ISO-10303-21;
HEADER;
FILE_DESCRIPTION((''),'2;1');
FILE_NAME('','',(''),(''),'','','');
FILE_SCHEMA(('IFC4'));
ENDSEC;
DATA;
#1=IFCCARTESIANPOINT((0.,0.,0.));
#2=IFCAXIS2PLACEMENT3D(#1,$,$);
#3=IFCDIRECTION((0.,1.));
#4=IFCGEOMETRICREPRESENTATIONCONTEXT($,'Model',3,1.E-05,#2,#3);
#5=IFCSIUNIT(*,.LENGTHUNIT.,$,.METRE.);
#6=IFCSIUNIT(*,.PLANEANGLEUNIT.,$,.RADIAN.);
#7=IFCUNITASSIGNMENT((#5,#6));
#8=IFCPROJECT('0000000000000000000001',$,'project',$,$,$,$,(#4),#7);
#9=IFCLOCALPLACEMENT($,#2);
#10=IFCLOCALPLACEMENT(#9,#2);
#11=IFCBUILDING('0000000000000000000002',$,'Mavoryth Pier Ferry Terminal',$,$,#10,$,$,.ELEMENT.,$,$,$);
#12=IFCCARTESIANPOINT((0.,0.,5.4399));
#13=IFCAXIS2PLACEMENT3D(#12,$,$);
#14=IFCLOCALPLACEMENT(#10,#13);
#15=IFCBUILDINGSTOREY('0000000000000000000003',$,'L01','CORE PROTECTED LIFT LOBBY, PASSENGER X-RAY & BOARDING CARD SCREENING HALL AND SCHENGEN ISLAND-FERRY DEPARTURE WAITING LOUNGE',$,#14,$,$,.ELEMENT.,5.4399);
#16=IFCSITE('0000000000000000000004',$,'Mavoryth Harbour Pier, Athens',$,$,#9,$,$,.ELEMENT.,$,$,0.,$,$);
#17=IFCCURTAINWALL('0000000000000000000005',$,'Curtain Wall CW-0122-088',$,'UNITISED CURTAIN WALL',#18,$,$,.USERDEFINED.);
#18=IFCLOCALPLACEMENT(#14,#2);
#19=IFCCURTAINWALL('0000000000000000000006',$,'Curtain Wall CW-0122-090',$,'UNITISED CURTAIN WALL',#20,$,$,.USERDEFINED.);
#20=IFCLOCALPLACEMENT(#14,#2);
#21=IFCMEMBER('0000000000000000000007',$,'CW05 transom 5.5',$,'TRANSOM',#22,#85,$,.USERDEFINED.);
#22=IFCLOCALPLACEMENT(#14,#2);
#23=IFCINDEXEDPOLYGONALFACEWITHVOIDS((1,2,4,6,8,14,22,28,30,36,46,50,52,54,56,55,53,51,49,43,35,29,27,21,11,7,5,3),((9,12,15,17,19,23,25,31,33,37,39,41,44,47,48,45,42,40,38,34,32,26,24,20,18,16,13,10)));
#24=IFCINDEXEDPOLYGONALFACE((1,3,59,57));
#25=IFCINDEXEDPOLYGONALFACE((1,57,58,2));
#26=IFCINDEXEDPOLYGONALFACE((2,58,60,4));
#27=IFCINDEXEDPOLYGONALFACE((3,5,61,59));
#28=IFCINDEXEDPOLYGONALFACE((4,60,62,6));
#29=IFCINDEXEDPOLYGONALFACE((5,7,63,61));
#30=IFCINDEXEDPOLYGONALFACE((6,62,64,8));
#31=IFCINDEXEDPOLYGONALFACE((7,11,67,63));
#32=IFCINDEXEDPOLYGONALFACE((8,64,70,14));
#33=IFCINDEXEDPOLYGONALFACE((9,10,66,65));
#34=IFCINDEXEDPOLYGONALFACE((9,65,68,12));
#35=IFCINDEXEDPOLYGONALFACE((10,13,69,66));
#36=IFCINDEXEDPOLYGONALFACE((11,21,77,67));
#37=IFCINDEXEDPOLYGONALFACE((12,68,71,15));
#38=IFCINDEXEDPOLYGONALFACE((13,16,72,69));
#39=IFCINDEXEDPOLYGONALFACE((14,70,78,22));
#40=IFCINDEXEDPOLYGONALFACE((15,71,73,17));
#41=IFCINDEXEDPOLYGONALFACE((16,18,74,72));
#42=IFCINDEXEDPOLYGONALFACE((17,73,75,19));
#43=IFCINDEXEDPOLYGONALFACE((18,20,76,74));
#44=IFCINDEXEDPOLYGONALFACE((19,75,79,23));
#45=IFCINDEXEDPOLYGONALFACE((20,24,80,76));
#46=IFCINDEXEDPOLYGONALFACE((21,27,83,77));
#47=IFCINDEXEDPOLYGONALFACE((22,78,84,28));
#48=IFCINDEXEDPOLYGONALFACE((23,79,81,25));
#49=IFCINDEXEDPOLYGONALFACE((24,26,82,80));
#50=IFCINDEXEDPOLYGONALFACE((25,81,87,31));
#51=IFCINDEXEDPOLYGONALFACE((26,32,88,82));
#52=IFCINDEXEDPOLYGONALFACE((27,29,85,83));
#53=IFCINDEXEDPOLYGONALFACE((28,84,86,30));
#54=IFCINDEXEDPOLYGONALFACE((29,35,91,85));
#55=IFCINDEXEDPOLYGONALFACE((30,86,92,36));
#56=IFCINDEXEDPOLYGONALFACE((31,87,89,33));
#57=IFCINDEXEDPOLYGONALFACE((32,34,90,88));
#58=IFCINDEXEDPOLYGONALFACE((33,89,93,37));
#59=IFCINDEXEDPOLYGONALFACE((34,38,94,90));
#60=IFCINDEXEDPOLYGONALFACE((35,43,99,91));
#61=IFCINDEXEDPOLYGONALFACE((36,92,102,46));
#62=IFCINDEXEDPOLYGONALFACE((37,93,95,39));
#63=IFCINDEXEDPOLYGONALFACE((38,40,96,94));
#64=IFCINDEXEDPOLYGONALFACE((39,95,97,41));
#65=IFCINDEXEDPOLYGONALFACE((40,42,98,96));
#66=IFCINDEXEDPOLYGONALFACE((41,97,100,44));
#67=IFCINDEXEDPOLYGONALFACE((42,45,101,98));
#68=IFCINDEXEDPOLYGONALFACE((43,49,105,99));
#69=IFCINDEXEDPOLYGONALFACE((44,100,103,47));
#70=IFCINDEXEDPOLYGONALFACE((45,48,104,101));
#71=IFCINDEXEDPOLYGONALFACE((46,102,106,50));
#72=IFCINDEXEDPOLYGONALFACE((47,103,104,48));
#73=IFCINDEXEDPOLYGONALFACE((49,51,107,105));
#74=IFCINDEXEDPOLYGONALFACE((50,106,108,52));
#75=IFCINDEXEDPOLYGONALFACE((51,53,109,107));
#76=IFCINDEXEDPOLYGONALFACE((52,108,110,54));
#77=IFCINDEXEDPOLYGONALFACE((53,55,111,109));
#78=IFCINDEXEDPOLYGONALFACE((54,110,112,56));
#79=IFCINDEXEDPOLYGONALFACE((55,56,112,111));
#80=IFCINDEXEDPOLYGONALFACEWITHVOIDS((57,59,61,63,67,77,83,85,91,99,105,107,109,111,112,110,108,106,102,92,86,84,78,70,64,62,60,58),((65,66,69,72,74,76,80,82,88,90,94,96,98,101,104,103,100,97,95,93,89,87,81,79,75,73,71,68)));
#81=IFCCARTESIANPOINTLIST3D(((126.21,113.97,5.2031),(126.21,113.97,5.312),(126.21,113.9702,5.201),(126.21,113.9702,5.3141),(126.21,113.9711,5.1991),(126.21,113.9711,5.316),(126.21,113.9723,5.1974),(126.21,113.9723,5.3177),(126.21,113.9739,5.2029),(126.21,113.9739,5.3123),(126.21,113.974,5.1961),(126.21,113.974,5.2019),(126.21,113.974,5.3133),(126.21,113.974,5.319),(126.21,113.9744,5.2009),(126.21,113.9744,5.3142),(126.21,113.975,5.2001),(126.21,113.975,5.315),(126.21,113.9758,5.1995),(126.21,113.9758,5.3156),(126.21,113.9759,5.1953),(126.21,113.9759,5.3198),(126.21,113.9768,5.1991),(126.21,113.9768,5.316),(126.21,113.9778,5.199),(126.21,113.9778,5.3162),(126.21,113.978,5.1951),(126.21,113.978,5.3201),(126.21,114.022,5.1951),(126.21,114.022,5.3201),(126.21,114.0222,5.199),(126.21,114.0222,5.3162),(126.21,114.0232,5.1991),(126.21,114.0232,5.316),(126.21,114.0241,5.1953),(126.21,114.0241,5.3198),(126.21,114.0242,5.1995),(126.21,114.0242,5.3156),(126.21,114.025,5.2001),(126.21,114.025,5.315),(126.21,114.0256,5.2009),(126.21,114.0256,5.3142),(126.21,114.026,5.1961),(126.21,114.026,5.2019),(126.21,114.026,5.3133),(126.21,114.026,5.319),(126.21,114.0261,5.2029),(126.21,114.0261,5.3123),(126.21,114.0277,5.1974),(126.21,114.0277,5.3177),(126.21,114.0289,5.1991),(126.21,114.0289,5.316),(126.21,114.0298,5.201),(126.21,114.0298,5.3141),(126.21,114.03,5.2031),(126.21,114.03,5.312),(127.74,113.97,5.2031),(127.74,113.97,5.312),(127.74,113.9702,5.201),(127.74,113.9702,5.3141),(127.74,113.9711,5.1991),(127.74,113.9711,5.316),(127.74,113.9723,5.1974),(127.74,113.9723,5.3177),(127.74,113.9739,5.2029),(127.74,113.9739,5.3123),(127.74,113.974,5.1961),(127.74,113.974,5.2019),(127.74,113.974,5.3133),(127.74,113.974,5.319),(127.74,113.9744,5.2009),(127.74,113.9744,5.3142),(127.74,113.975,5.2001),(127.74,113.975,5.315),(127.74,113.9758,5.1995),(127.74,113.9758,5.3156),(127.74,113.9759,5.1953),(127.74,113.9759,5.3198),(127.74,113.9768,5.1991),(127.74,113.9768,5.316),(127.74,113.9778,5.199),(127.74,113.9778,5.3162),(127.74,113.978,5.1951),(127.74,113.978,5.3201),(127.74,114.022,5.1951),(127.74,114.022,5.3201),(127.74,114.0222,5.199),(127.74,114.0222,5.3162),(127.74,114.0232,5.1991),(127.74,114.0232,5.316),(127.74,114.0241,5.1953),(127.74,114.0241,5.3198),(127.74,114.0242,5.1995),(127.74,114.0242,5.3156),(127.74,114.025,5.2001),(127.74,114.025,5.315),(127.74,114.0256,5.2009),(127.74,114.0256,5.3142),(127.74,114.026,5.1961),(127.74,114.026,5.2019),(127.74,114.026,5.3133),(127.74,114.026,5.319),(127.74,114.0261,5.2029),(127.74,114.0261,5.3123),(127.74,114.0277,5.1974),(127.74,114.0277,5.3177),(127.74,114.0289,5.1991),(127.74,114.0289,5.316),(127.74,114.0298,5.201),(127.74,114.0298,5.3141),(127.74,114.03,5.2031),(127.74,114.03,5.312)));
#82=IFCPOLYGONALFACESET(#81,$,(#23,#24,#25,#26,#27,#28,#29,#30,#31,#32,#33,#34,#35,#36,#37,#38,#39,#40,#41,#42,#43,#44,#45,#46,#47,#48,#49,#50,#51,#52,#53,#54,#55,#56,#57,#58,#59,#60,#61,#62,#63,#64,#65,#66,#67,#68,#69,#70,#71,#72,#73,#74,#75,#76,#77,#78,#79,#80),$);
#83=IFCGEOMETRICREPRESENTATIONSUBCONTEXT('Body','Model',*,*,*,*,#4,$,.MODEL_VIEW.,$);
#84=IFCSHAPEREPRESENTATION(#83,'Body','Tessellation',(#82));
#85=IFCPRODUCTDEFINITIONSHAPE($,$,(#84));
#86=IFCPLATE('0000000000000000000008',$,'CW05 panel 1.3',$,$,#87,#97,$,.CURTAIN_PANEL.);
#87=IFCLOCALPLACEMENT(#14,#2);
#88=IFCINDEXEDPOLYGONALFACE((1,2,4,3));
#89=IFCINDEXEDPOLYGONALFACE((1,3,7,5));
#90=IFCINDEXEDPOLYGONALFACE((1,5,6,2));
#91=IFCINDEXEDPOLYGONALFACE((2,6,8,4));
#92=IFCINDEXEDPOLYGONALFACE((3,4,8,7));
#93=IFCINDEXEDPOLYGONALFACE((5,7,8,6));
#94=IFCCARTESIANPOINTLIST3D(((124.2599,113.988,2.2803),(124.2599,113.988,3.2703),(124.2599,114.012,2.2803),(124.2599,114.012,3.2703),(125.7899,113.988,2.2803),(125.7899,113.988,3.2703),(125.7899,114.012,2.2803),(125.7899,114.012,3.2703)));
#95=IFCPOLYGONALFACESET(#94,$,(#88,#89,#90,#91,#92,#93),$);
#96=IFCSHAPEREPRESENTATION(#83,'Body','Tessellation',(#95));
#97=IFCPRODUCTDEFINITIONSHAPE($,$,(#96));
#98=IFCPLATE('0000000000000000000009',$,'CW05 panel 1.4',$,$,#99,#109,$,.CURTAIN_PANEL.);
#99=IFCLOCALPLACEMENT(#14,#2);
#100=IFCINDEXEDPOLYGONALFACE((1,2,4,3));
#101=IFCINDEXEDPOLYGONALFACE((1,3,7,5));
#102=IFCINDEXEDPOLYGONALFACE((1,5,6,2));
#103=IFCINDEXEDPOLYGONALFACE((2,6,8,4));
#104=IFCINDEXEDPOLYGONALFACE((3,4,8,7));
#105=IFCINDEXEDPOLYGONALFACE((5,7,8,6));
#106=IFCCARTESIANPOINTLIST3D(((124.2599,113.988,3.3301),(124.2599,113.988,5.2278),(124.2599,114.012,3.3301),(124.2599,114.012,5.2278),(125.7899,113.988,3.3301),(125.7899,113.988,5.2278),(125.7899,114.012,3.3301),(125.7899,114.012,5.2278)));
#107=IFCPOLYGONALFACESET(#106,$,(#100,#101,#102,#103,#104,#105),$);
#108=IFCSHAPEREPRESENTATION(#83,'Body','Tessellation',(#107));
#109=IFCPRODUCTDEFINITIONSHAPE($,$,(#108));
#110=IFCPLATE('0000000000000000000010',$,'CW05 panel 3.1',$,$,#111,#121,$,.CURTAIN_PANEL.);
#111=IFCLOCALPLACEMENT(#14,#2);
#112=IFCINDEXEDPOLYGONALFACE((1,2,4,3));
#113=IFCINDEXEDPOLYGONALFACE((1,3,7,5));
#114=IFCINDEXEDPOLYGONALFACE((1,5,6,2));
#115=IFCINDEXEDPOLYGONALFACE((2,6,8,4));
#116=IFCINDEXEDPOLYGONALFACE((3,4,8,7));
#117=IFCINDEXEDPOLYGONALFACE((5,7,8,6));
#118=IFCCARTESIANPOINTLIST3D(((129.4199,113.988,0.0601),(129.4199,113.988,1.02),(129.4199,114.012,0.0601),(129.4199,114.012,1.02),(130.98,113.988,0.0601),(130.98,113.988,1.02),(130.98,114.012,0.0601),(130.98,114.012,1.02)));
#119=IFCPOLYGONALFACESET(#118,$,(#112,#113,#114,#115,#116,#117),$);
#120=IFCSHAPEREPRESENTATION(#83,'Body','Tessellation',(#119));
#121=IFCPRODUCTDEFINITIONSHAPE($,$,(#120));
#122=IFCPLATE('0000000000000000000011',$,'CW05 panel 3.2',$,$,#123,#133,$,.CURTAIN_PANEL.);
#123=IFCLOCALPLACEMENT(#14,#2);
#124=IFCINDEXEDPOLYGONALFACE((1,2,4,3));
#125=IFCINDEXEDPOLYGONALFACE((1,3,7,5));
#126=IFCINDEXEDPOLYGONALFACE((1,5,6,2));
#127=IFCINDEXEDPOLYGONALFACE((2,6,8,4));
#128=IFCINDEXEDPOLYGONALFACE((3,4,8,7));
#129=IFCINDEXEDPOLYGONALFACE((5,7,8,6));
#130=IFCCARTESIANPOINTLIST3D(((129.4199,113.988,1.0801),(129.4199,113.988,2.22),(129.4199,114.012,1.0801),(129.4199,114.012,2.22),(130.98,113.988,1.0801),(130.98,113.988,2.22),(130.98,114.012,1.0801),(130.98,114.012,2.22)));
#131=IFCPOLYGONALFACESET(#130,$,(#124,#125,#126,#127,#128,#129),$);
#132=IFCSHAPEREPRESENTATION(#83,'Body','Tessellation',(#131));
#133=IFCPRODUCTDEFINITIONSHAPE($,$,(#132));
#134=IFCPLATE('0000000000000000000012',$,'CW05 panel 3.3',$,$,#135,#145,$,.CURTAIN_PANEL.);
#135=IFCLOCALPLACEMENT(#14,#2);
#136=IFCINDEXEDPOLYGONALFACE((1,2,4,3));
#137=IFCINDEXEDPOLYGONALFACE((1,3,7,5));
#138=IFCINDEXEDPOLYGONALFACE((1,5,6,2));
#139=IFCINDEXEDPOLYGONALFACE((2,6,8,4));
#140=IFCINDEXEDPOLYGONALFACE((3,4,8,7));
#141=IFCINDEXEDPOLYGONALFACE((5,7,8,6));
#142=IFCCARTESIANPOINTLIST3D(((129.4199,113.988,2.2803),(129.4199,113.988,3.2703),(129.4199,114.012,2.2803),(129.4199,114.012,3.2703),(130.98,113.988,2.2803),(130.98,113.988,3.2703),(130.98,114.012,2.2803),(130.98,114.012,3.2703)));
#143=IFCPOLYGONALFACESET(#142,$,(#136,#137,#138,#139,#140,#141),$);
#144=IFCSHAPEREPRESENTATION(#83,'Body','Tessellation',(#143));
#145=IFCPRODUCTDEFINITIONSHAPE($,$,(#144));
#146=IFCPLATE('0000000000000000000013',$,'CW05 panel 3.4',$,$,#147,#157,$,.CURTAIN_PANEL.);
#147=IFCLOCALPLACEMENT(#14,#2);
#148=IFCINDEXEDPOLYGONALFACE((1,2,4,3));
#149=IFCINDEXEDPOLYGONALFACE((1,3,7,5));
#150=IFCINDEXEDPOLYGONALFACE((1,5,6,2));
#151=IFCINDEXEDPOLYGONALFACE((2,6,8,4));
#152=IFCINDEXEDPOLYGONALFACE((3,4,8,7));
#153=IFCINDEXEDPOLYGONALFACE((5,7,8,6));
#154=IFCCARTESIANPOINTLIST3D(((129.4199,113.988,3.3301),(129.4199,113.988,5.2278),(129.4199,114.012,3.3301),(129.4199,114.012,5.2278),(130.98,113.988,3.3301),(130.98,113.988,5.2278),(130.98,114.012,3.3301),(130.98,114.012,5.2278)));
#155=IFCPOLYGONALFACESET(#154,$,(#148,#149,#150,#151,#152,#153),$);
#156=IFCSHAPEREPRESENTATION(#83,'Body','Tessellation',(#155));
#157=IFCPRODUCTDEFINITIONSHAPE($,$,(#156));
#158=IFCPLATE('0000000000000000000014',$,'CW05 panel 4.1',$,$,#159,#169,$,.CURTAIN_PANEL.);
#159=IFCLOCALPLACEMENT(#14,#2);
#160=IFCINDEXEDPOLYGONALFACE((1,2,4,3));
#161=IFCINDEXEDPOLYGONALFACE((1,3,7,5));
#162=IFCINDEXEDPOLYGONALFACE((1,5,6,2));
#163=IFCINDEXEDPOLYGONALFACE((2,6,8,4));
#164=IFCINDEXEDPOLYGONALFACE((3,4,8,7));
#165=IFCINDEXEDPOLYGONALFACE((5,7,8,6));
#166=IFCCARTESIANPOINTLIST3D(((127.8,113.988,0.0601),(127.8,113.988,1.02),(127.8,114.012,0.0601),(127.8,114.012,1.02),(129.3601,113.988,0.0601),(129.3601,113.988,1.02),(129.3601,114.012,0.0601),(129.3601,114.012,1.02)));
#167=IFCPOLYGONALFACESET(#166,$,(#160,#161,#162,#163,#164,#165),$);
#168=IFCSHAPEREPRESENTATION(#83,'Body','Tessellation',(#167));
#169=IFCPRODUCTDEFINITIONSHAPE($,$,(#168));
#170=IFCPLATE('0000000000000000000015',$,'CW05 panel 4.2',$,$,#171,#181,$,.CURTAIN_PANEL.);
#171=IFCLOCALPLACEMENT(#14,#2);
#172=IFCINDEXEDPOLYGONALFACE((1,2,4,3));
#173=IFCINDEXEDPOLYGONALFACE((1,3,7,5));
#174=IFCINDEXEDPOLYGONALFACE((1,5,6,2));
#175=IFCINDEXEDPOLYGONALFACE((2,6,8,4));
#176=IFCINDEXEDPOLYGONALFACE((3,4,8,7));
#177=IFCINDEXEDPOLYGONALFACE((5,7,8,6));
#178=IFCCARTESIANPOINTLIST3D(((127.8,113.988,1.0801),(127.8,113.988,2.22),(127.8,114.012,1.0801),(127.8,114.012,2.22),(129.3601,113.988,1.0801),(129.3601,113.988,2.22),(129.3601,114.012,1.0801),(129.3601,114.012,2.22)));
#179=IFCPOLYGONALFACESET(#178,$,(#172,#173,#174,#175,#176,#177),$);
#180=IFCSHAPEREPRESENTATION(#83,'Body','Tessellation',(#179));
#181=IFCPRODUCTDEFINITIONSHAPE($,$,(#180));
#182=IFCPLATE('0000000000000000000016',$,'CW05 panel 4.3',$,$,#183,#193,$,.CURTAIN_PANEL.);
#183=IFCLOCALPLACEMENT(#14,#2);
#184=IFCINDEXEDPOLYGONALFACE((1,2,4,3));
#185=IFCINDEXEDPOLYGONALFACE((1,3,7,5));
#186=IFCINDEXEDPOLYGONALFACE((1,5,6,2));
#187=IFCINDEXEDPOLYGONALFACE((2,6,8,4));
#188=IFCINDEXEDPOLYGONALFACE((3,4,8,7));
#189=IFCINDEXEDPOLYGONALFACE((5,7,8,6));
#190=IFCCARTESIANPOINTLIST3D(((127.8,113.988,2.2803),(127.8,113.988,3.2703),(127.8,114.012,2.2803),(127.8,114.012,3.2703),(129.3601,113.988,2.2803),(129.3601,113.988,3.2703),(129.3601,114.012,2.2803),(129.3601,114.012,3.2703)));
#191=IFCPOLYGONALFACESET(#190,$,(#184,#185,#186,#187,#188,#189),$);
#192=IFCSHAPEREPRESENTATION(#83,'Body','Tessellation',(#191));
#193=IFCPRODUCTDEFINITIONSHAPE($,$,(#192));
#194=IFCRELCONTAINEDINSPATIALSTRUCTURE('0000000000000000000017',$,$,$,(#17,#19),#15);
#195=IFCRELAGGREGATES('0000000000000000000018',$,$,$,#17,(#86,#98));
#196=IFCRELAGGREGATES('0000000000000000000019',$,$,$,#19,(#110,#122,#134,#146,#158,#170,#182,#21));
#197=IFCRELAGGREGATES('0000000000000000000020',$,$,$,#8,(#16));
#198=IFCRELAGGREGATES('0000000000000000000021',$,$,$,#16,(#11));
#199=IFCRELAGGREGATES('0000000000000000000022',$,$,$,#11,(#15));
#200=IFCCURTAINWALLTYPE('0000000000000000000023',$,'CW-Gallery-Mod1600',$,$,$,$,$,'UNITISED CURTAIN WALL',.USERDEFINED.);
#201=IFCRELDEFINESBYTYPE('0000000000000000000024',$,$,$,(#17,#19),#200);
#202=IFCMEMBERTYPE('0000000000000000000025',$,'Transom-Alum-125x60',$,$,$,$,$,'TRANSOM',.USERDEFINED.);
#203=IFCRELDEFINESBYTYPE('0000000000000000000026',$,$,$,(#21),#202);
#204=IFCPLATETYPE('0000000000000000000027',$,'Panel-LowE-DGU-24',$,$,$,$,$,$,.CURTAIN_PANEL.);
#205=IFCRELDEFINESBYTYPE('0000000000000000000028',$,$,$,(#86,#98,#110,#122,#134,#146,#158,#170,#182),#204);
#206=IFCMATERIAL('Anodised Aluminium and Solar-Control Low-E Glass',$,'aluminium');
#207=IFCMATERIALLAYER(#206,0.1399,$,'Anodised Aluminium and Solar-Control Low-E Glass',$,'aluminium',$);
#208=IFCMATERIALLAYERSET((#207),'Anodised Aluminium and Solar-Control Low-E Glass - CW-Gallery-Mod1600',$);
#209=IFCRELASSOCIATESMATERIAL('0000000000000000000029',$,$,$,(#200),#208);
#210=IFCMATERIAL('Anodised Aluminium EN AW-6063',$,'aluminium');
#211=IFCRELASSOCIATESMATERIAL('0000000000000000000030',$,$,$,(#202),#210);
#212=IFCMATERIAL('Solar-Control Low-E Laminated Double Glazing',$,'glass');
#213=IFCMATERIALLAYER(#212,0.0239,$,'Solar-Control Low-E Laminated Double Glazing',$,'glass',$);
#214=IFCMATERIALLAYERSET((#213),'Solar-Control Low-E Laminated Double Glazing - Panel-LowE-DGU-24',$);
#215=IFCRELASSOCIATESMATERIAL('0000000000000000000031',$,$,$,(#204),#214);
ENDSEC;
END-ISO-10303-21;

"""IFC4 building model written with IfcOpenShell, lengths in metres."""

from ifc_helpers import new_model, si_unit, direction, frame, origin, origin_2d, place, context, subcontext, project, spatial, rectangle, hollow_rectangle, extrude, material, layer, layer_set, material_profile, profile_set, type_object, element, aggregate, save


model = new_model("IFC4")

# Units and contexts
model_context = context("Model", 3, precision=1e-05, world=origin(), true_north=direction((0.0, 1.0)))
body_context = subcontext(model_context, "Body", "Model", "MODEL_VIEW")
ifc_project = project(units=[si_unit("LENGTHUNIT", "METRE"), si_unit("PLANEANGLEUNIT", "RADIAN")], contexts=[model_context])

# Site, building, storey
site_placement = place(None, origin())
site = spatial("IfcSite", under=ifc_project, at=site_placement, Name="Mavoryth Harbour Pier, Athens", CompositionType="ELEMENT", RefElevation=0.0)
building_placement = place(site_placement, origin())
building = spatial("IfcBuilding", under=site, at=building_placement, Name="Mavoryth Pier Ferry Terminal", CompositionType="ELEMENT")
storey_placement = place(building_placement, frame((0.0, 0.0, 5.4399)))
storey = spatial("IfcBuildingStorey", under=building, at=storey_placement, Name="L01", Description="CORE PROTECTED LIFT LOBBY, PASSENGER X-RAY & BOARDING CARD SCREENING HALL AND SCHENGEN ISLAND-FERRY DEPARTURE WAITING LOUNGE", CompositionType="ELEMENT", Elevation=5.4399)

# Curtain wall
ifc_material_1 = material(Name="Anodised Aluminium and Solar-Control Low-E Glass", Category="aluminium")
ifc_layer_1 = layer(ifc_material_1, 0.1399, Name="Anodised Aluminium and Solar-Control Low-E Glass", Category="aluminium")
ifc_layer_set_1 = layer_set([ifc_layer_1], Name="Anodised Aluminium and Solar-Control Low-E Glass - CW-Gallery-Mod1600")
curtain_wall_type = type_object("IfcCurtainWallType", Name="CW-Gallery-Mod1600", ElementType="UNITISED CURTAIN WALL", PredefinedType="USERDEFINED", material=ifc_layer_set_1)
curtain_wall_1_placement = place(storey_placement, origin())
curtain_wall_1 = element("IfcCurtainWall", 1, at=curtain_wall_1_placement, inside=storey, type_object=curtain_wall_type, Name="Curtain Wall CW-0122-088", ObjectType="UNITISED CURTAIN WALL", PredefinedType="USERDEFINED")
ifc_material_2 = material(Name="Anodised Aluminium EN AW-6063", Category="aluminium")

# Curtain wall
curtain_wall_2_placement = place(storey_placement, origin())
curtain_wall_2 = element("IfcCurtainWall", 2, at=curtain_wall_2_placement, inside=storey, type_object=curtain_wall_type, Name="Curtain Wall CW-0122-090", ObjectType="UNITISED CURTAIN WALL", PredefinedType="USERDEFINED")

# Member
ifc_material_profile_1 = material_profile(ifc_material_2, hollow_rectangle(XDim=0.0601, YDim=0.125, WallThickness=0.0039, InnerFilletRadius=0.0039, OuterFilletRadius=0.0081, at=origin_2d()), Name="AL-TRAN 125x60x4", Category="aluminium")
ifc_profile_set_1 = profile_set([ifc_material_profile_1], Name="Anodised Aluminium EN AW-6063 - AL-TRAN 125x60x4")
member_type_1 = type_object("IfcMemberType", Name="Transom-Alum-125x60", ElementType="TRANSOM", PredefinedType="USERDEFINED", material=ifc_profile_set_1)
member_1_placement = place(storey_placement, frame((127.74, 114.0, 5.2576), z_axis=(-1.0, 0.0, 0.0), x_axis=(0.0, -1.0, 0.0)))
member_1 = element("IfcMember", 3, at=member_1_placement, type_object=member_type_1, Name="CW05 transom 5.5", ObjectType="TRANSOM", PredefinedType="USERDEFINED", context=body_context, shape_type="SweptSolid", body=[
    extrude(hollow_rectangle(XDim=0.0601, YDim=0.125, WallThickness=0.0039, InnerFilletRadius=0.0039, OuterFilletRadius=0.0081, at=origin_2d()), origin(), (0.0, 0.0, 1.0), 1.53),
])

# Plates
ifc_material_3 = material(Name="Solar-Control Low-E Laminated Double Glazing", Category="glass")
ifc_layer_2 = layer(ifc_material_3, 0.0239, Name="Solar-Control Low-E Laminated Double Glazing", Category="glass")
ifc_layer_set_2 = layer_set([ifc_layer_2], Name="Solar-Control Low-E Laminated Double Glazing - Panel-LowE-DGU-24")
plate_type_1 = type_object("IfcPlateType", Name="Panel-LowE-DGU-24", PredefinedType="CURTAIN_PANEL", material=ifc_layer_set_2)
plate_1_placement = place(storey_placement, frame((125.0249, 114.0, 2.2803), z_axis=(0.0, 0.0, 1.0), x_axis=(-1.0, 0.0, 0.0)))
plate_1 = element("IfcPlate", 4, at=plate_1_placement, type_object=plate_type_1, Name="CW05 panel 1.3", PredefinedType="CURTAIN_PANEL", context=body_context, shape_type="SweptSolid", body=[
    extrude(rectangle(XDim=1.53, YDim=0.0239, at=origin_2d()), origin(), (0.0, 0.0, 1.0), 0.99),
])
plate_2_placement = place(storey_placement, frame((125.0249, 114.0, 3.3301), z_axis=(0.0, 0.0, 1.0), x_axis=(-1.0, 0.0, 0.0)))
plate_2 = element("IfcPlate", 5, at=plate_2_placement, type_object=plate_type_1, Name="CW05 panel 1.4", PredefinedType="CURTAIN_PANEL", context=body_context, shape_type="SweptSolid", body=[
    extrude(rectangle(XDim=1.53, YDim=0.0239, at=origin_2d()), origin(), (0.0, 0.0, 1.0), 1.8977),
])
aggregate(curtain_wall_1, [plate_1, plate_2])
plate_3_placement = place(storey_placement, frame((130.2, 114.0, 0.0601), z_axis=(0.0, 0.0, 1.0), x_axis=(-1.0, 0.0, 0.0)))
plate_3 = element("IfcPlate", 6, at=plate_3_placement, type_object=plate_type_1, Name="CW05 panel 3.1", PredefinedType="CURTAIN_PANEL", context=body_context, shape_type="SweptSolid", body=[
    extrude(rectangle(XDim=1.5601, YDim=0.0239, at=origin_2d()), origin(), (0.0, 0.0, 1.0), 0.96),
])
plate_4_placement = place(storey_placement, frame((130.2, 114.0, 1.0801), z_axis=(0.0, 0.0, 1.0), x_axis=(-1.0, 0.0, 0.0)))
plate_4 = element("IfcPlate", 7, at=plate_4_placement, type_object=plate_type_1, Name="CW05 panel 3.2", PredefinedType="CURTAIN_PANEL", context=body_context, shape_type="SweptSolid", body=[
    extrude(rectangle(XDim=1.5601, YDim=0.0239, at=origin_2d()), origin(), (0.0, 0.0, 1.0), 1.1399),
])
plate_5_placement = place(storey_placement, frame((130.2, 114.0, 2.2803), z_axis=(0.0, 0.0, 1.0), x_axis=(-1.0, 0.0, 0.0)))
plate_5 = element("IfcPlate", 8, at=plate_5_placement, type_object=plate_type_1, Name="CW05 panel 3.3", PredefinedType="CURTAIN_PANEL", context=body_context, shape_type="SweptSolid", body=[
    extrude(rectangle(XDim=1.5601, YDim=0.0239, at=origin_2d()), origin(), (0.0, 0.0, 1.0), 0.99),
])
plate_6_placement = place(storey_placement, frame((130.2, 114.0, 3.3301), z_axis=(0.0, 0.0, 1.0), x_axis=(-1.0, 0.0, 0.0)))
plate_6 = element("IfcPlate", 9, at=plate_6_placement, type_object=plate_type_1, Name="CW05 panel 3.4", PredefinedType="CURTAIN_PANEL", context=body_context, shape_type="SweptSolid", body=[
    extrude(rectangle(XDim=1.5601, YDim=0.0239, at=origin_2d()), origin(), (0.0, 0.0, 1.0), 1.8977),
])
plate_7_placement = place(storey_placement, frame((128.5801, 114.0, 0.0601), z_axis=(0.0, 0.0, 1.0), x_axis=(-1.0, 0.0, 0.0)))
plate_7 = element("IfcPlate", 10, at=plate_7_placement, type_object=plate_type_1, Name="CW05 panel 4.1", PredefinedType="CURTAIN_PANEL", context=body_context, shape_type="SweptSolid", body=[
    extrude(rectangle(XDim=1.5601, YDim=0.0239, at=origin_2d()), origin(), (0.0, 0.0, 1.0), 0.96),
])
plate_8_placement = place(storey_placement, frame((128.5801, 114.0, 1.0801), z_axis=(0.0, 0.0, 1.0), x_axis=(-1.0, 0.0, 0.0)))
plate_8 = element("IfcPlate", 11, at=plate_8_placement, type_object=plate_type_1, Name="CW05 panel 4.2", PredefinedType="CURTAIN_PANEL", context=body_context, shape_type="SweptSolid", body=[
    extrude(rectangle(XDim=1.5601, YDim=0.0239, at=origin_2d()), origin(), (0.0, 0.0, 1.0), 1.1399),
])
plate_9_placement = place(storey_placement, frame((128.5801, 114.0, 2.2803), z_axis=(0.0, 0.0, 1.0), x_axis=(-1.0, 0.0, 0.0)))
plate_9 = element("IfcPlate", 12, at=plate_9_placement, type_object=plate_type_1, Name="CW05 panel 4.3", PredefinedType="CURTAIN_PANEL", context=body_context, shape_type="SweptSolid", body=[
    extrude(rectangle(XDim=1.5601, YDim=0.0239, at=origin_2d()), origin(), (0.0, 0.0, 1.0), 0.99),
])
aggregate(curtain_wall_2, [plate_3, plate_4, plate_5, plate_6, plate_7, plate_8, plate_9, member_1])

save(model, "model.ifc")
